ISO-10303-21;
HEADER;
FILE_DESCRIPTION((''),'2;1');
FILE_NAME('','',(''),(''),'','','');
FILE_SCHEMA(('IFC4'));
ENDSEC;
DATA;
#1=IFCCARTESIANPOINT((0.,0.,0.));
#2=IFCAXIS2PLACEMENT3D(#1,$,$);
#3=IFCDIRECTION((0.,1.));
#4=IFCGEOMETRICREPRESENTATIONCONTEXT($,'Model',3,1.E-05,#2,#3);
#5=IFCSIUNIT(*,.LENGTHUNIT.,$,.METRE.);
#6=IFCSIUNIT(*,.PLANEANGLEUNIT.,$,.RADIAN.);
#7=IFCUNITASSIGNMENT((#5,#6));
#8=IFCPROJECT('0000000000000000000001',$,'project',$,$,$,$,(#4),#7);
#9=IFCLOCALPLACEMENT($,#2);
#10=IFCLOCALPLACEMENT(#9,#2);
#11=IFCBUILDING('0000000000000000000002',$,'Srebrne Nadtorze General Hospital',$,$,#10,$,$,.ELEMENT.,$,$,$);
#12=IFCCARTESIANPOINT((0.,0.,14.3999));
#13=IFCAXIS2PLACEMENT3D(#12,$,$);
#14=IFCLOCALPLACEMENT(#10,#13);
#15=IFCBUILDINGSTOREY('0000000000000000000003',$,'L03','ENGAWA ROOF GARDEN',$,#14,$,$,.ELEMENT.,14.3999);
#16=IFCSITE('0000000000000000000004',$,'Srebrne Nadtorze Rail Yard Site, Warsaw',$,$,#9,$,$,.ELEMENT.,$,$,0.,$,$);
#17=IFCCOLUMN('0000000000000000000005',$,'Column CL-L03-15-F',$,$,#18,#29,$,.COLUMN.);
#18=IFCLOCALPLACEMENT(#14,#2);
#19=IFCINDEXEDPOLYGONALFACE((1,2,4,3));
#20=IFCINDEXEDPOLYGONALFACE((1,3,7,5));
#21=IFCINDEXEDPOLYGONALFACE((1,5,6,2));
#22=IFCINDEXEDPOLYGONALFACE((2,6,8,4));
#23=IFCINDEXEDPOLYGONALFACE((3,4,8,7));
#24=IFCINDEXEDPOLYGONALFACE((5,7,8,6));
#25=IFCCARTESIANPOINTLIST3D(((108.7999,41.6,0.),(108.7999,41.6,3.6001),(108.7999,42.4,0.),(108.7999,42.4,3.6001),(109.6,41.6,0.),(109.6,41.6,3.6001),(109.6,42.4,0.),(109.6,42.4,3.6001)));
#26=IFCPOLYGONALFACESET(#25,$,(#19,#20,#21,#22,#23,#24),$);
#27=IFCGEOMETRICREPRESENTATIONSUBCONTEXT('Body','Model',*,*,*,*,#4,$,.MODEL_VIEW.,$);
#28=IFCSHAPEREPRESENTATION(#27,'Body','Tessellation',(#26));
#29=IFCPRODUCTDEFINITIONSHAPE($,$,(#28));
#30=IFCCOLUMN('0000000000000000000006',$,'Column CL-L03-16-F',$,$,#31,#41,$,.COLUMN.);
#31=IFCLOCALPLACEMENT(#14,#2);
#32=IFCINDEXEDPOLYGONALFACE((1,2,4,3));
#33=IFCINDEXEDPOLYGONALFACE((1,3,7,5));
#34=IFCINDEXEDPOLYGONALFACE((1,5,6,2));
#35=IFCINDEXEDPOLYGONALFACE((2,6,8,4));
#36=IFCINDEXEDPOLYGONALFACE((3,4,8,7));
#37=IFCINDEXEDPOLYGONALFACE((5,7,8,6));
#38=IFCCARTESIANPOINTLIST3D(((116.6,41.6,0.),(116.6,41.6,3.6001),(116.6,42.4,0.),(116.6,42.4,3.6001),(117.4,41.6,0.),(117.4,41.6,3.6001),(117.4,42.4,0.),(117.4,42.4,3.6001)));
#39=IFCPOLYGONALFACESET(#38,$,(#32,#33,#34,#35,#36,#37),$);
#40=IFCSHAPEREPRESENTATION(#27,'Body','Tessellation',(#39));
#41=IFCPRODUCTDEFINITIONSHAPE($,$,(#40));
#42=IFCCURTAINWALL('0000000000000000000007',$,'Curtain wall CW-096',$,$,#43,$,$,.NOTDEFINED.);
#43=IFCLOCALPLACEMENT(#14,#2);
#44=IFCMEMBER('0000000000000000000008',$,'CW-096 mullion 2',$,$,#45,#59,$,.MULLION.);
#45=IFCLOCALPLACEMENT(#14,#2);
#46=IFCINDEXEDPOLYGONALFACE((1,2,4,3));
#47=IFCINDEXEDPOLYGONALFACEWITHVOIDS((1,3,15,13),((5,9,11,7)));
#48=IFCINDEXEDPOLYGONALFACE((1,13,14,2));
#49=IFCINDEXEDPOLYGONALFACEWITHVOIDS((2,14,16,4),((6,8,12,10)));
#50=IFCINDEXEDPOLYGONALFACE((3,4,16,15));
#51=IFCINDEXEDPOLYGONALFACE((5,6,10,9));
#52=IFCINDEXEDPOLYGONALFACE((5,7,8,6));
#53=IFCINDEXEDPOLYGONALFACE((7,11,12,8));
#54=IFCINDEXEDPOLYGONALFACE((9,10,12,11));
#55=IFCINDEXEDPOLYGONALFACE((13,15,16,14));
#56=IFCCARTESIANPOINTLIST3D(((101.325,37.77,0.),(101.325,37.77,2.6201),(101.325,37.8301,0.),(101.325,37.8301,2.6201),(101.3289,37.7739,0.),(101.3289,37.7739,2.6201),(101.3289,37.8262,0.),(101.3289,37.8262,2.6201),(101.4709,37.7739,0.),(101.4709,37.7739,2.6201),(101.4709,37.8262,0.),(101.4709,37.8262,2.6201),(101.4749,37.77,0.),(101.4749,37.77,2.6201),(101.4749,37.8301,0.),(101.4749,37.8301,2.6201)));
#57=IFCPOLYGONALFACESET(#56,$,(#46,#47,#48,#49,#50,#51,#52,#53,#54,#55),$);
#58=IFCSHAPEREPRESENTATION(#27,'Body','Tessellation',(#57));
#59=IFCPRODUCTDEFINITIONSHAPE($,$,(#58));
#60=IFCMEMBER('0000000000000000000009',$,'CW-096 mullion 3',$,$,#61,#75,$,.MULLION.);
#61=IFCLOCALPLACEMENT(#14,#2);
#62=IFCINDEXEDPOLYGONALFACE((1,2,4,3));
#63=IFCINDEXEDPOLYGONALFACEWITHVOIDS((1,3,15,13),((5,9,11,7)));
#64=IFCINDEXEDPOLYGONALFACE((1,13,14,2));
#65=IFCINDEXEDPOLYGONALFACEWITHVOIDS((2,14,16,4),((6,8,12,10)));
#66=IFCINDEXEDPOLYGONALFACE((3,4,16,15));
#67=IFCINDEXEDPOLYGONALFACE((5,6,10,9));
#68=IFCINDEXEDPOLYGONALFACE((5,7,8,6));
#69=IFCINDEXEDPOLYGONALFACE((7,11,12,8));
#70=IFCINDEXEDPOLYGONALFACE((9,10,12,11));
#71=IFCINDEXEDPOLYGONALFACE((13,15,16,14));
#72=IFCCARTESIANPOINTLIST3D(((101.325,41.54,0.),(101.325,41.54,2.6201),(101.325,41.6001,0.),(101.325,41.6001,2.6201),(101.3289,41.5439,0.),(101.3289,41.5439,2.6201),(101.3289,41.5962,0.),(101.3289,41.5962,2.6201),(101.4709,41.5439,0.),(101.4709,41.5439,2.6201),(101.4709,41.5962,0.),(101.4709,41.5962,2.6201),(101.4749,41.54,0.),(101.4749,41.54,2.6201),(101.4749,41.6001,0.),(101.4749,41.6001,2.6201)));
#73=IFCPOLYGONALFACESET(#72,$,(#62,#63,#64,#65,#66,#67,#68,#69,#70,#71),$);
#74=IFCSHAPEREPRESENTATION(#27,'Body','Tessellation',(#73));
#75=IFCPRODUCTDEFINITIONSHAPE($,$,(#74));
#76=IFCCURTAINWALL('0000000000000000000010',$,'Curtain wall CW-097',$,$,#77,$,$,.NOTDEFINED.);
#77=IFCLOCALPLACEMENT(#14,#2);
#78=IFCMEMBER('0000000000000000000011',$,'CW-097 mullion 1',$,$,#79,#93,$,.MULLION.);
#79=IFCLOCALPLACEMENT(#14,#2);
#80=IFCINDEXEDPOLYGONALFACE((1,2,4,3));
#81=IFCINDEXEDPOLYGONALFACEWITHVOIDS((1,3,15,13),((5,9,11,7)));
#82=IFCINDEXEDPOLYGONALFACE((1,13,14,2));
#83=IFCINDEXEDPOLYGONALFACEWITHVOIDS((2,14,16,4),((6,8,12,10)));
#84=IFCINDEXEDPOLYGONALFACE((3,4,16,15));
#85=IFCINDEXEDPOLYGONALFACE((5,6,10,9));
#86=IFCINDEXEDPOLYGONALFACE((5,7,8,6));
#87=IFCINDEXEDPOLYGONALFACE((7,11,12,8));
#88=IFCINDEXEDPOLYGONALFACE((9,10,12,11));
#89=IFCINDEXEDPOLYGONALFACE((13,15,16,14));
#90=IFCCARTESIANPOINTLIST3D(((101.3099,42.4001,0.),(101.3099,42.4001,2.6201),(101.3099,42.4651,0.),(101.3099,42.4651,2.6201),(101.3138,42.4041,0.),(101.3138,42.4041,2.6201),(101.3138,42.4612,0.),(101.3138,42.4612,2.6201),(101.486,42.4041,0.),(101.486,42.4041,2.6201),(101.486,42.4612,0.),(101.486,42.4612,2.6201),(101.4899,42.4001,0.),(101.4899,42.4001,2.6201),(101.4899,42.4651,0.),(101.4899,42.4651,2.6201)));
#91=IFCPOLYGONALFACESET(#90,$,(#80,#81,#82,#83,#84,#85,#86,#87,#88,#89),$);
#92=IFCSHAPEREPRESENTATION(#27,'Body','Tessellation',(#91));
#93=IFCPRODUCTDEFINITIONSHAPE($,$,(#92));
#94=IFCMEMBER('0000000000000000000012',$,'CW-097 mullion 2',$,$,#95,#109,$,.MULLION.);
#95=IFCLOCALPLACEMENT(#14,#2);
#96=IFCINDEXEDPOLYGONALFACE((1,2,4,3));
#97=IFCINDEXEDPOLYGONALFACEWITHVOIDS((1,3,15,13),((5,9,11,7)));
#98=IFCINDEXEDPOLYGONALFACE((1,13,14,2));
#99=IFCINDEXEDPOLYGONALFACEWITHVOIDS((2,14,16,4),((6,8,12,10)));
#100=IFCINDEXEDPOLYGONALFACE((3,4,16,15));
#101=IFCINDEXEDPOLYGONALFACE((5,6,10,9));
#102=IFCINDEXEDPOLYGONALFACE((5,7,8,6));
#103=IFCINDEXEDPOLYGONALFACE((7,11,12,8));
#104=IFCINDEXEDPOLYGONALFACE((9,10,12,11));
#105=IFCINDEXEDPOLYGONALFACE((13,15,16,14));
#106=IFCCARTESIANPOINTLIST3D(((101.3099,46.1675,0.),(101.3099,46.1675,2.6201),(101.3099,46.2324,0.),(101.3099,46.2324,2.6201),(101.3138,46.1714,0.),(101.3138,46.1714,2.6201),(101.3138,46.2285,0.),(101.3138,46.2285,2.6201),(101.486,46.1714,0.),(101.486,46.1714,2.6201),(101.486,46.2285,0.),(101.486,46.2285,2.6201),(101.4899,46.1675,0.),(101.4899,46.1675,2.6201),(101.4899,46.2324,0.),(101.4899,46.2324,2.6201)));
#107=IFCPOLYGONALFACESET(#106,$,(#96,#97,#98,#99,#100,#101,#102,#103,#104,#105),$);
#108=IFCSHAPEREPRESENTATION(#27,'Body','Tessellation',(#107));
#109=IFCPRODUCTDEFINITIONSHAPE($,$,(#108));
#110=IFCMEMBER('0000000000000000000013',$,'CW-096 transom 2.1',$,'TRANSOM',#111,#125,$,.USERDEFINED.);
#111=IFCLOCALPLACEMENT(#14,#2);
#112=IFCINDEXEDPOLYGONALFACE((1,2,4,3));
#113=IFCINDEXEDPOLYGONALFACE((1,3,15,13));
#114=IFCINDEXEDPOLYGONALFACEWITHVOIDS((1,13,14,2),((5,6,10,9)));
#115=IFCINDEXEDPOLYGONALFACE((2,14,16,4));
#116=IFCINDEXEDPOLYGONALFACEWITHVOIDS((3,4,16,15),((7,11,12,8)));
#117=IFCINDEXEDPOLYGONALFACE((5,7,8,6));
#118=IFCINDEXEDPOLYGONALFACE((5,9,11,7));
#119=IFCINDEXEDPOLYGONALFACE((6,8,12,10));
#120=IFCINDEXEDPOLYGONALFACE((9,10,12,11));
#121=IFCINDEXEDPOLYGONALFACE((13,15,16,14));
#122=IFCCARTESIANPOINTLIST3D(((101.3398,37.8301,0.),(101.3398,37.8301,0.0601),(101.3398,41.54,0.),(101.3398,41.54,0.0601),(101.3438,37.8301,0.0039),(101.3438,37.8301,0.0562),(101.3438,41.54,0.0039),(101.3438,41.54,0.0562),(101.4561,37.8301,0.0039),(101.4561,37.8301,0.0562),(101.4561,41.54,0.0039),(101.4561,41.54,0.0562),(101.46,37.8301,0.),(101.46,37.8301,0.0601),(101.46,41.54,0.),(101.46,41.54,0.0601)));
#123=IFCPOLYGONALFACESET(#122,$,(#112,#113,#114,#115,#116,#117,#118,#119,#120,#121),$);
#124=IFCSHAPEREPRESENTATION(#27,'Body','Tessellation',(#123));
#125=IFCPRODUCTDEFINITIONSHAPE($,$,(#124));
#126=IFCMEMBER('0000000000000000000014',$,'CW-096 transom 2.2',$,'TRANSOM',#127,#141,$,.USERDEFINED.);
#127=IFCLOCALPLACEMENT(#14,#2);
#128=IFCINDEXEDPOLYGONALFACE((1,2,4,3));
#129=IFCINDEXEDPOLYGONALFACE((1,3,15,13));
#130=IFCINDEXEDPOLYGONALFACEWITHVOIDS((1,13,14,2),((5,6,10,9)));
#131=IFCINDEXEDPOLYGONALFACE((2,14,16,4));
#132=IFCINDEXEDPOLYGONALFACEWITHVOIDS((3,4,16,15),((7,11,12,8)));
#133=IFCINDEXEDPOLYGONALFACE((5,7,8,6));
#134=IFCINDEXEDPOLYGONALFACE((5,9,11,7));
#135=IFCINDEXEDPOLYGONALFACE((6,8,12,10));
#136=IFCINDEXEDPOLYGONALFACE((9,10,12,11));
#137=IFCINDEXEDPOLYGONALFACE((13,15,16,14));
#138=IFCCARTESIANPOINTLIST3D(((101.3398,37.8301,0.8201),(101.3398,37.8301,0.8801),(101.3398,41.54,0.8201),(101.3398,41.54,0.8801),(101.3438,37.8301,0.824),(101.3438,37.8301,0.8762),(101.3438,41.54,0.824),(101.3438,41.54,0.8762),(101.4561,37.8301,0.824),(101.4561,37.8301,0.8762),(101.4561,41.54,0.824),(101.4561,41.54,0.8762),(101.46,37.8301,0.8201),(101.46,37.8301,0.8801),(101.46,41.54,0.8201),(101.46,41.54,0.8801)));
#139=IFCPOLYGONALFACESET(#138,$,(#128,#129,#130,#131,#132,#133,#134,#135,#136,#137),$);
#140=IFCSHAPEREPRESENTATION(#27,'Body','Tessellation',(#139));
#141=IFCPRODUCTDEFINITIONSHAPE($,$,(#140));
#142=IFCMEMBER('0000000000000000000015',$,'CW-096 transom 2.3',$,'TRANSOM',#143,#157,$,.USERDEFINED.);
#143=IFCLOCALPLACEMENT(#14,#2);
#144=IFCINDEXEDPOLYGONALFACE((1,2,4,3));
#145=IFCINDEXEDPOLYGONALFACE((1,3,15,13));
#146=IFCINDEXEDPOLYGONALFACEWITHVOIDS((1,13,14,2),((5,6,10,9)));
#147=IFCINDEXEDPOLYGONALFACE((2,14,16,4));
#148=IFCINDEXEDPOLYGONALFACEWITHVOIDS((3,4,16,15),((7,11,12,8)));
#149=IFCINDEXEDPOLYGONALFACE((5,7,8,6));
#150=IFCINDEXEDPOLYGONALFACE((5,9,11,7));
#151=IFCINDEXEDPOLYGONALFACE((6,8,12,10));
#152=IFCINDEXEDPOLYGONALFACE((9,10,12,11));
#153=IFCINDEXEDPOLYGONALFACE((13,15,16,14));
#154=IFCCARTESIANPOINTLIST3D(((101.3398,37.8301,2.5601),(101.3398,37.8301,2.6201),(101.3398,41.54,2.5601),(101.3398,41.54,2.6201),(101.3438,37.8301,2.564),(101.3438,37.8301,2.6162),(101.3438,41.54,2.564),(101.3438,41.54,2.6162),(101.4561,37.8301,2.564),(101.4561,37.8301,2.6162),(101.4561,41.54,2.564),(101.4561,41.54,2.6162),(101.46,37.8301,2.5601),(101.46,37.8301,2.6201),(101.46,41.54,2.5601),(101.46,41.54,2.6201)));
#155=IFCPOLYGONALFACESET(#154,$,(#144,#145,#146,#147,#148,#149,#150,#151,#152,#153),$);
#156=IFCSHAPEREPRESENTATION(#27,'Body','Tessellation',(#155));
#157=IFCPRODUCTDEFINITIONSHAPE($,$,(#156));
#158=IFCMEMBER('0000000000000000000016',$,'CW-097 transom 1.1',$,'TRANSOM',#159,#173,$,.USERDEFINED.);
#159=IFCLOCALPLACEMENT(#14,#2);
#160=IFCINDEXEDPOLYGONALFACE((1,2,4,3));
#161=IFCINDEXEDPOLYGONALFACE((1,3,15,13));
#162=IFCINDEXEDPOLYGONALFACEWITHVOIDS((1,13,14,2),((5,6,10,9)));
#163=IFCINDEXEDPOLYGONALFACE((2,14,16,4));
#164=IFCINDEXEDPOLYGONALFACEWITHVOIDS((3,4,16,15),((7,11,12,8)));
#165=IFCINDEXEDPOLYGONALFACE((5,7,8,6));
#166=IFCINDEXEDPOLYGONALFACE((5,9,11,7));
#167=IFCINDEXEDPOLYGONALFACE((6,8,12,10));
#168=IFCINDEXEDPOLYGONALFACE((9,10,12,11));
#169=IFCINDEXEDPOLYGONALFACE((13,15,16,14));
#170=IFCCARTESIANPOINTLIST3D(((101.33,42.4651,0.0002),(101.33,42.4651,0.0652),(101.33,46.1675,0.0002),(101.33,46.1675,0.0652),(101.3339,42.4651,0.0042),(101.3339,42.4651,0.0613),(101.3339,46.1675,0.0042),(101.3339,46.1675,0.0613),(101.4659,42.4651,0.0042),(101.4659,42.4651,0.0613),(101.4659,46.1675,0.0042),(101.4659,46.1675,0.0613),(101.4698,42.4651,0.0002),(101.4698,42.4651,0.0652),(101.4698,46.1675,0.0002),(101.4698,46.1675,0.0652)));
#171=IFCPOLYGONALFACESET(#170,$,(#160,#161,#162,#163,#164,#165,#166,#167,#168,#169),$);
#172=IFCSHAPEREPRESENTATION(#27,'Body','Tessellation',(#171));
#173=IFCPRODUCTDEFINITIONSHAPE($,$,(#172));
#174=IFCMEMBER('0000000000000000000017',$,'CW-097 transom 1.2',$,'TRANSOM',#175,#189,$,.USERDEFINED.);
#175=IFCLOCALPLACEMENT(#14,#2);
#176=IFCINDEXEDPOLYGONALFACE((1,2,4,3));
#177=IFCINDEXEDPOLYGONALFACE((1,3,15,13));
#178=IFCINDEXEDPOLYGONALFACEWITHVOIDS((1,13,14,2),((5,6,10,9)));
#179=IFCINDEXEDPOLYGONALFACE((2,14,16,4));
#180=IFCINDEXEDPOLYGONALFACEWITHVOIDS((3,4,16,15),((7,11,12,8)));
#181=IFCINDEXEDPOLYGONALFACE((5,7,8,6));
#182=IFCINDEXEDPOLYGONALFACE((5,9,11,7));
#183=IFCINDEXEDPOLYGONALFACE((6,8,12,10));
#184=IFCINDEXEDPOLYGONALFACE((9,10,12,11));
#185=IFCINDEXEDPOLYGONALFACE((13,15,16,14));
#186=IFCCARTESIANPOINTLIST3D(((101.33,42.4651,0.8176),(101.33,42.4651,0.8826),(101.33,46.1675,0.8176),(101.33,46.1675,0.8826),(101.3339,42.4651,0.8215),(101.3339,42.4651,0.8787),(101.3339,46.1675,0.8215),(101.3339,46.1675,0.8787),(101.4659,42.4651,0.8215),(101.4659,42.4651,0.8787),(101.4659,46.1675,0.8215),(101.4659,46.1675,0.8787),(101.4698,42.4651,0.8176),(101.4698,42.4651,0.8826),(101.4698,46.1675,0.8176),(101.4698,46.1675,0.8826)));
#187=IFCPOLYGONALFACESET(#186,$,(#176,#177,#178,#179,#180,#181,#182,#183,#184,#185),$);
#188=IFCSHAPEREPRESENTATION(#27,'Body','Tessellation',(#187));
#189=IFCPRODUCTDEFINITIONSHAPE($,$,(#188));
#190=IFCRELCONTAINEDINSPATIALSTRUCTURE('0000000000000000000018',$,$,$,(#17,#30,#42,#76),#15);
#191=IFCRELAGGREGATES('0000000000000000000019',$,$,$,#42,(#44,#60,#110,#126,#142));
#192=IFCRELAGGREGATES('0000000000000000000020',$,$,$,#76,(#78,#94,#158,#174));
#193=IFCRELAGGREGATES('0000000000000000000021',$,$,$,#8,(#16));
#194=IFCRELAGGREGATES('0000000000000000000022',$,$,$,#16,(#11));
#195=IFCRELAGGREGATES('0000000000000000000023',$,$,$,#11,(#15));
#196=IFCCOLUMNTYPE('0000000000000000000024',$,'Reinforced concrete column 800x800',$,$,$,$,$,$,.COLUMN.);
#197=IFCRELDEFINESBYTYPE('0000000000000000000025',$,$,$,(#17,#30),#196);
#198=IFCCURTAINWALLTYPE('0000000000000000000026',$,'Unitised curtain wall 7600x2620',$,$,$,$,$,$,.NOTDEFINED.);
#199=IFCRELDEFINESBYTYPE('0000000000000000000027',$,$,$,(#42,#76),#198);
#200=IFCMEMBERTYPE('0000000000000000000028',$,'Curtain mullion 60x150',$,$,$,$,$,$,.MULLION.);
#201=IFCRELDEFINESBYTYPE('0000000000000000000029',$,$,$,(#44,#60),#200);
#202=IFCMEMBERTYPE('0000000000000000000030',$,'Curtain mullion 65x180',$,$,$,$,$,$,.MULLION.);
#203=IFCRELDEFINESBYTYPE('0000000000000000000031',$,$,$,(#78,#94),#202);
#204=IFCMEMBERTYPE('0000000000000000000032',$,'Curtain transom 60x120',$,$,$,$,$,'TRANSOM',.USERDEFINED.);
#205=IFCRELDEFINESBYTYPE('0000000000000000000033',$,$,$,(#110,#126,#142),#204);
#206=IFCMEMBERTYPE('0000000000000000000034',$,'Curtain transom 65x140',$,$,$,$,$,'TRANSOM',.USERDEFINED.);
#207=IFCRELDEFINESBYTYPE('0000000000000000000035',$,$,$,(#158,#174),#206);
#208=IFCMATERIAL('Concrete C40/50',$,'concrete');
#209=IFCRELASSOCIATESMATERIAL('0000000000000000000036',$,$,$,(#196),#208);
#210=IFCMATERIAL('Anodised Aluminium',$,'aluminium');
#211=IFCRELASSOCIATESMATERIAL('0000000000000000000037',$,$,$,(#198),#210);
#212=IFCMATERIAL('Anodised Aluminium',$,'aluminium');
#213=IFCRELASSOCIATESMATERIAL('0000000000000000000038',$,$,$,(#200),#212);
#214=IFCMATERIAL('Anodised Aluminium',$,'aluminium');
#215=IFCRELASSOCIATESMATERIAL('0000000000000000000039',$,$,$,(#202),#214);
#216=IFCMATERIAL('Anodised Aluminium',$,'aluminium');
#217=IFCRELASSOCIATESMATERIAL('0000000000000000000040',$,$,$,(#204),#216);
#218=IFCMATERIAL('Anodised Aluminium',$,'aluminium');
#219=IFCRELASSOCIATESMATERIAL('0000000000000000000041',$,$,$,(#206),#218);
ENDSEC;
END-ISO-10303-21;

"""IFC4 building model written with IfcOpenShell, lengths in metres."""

from ifc_helpers import new_model, si_unit, direction, frame, origin, origin_2d, place, context, subcontext, project, spatial, rectangle, hollow_rectangle, extrude, material, material_profile, profile_set, type_object, element, aggregate, save


model = new_model("IFC4")

# Units and contexts
model_context = context("Model", 3, precision=1e-05, world=origin(), true_north=direction((0.0, 1.0)))
body_context = subcontext(model_context, "Body", "Model", "MODEL_VIEW")
ifc_project = project(units=[si_unit("LENGTHUNIT", "METRE"), si_unit("PLANEANGLEUNIT", "RADIAN")], contexts=[model_context])

# Site, building, storey
site_placement = place(None, origin())
site = spatial("IfcSite", under=ifc_project, at=site_placement, Name="Srebrne Nadtorze Rail Yard Site, Warsaw", CompositionType="ELEMENT", RefElevation=0.0)
building_placement = place(site_placement, origin())
building = spatial("IfcBuilding", under=site, at=building_placement, Name="Srebrne Nadtorze General Hospital", CompositionType="ELEMENT")
storey_placement = place(building_placement, frame((0.0, 0.0, 14.3999)))
storey = spatial("IfcBuildingStorey", under=building, at=storey_placement, Name="L03", Description="ENGAWA ROOF GARDEN", CompositionType="ELEMENT", Elevation=14.3999)

# Columns
ifc_material_1 = material(Name="Concrete C40/50", Category="concrete")
ifc_material_profile_1 = material_profile(ifc_material_1, rectangle(XDim=0.8, YDim=0.8, at=origin_2d()), Name="RC-COL-800x800")
ifc_profile_set_1 = profile_set([ifc_material_profile_1], Name="Concrete C40/50")
column_type = type_object("IfcColumnType", Name="Reinforced concrete column 800x800", PredefinedType="COLUMN", material=ifc_profile_set_1)
for number, where, z_axis, x_axis, name in (
    (1, (109.2, 42.0, 0.0), (0.0, 0.0, 1.0), (1.0, 0.0, 0.0), "Column CL-L03-15-F"),
    (2, (117.0, 42.0, 0.0), (0.0, 0.0, 1.0), (1.0, 0.0, 0.0), "Column CL-L03-16-F"),
):
    element("IfcColumn", number, at=place(storey_placement, frame(where, z_axis=z_axis, x_axis=x_axis)), inside=storey, type_object=column_type, Name=name, PredefinedType="COLUMN", context=body_context, shape_type="SweptSolid", body=[
        extrude(rectangle(XDim=0.8, YDim=0.8, at=origin_2d()), origin(), (0.0, 0.0, 1.0), 3.6001),
    ])

# Curtain walls, members
ifc_material_2 = material(Name="Anodised Aluminium", Category="aluminium")
curtain_wall_type = type_object("IfcCurtainWallType", Name="Unitised curtain wall 7600x2620", PredefinedType="NOTDEFINED", material=ifc_material_2)
curtain_wall_1_placement = place(storey_placement, origin())
curtain_wall_1 = element("IfcCurtainWall", 3, at=curtain_wall_1_placement, inside=storey, type_object=curtain_wall_type, Name="Curtain wall CW-096", PredefinedType="NOTDEFINED")
ifc_material_3 = material(Name="Anodised Aluminium", Category="aluminium")
ifc_material_profile_2 = material_profile(ifc_material_3, hollow_rectangle(XDim=0.0601, YDim=0.1499, WallThickness=0.0039, at=origin_2d()), Name="AL-MUL-60x150")
ifc_profile_set_2 = profile_set([ifc_material_profile_2], Name="Anodised Aluminium")
member_type_1 = type_object("IfcMemberType", Name="Curtain mullion 60x150", PredefinedType="MULLION", material=ifc_profile_set_2)
member_1_placement = place(storey_placement, frame((101.3999, 37.8, 0.0), z_axis=(0.0, 0.0, 1.0), x_axis=(0.0, 1.0, 0.0)))
member_1 = element("IfcMember", 4, at=member_1_placement, type_object=member_type_1, Name="CW-096 mullion 2", PredefinedType="MULLION", context=body_context, shape_type="SweptSolid", body=[
    extrude(hollow_rectangle(XDim=0.0601, YDim=0.1499, WallThickness=0.0039, at=origin_2d()), origin(), (0.0, 0.0, 1.0), 2.6201),
])
member_2_placement = place(storey_placement, frame((101.3999, 41.5701, 0.0), z_axis=(0.0, 0.0, 1.0), x_axis=(0.0, 1.0, 0.0)))
member_2 = element("IfcMember", 5, at=member_2_placement, type_object=member_type_1, Name="CW-096 mullion 3", PredefinedType="MULLION", context=body_context, shape_type="SweptSolid", body=[
    extrude(hollow_rectangle(XDim=0.0601, YDim=0.1499, WallThickness=0.0039, at=origin_2d()), origin(), (0.0, 0.0, 1.0), 2.6201),
])
curtain_wall_2_placement = place(storey_placement, origin())
curtain_wall_2 = element("IfcCurtainWall", 6, at=curtain_wall_2_placement, inside=storey, type_object=curtain_wall_type, Name="Curtain wall CW-097", PredefinedType="NOTDEFINED")
ifc_material_4 = material(Name="Anodised Aluminium", Category="aluminium")
ifc_material_profile_3 = material_profile(ifc_material_4, hollow_rectangle(XDim=0.0649, YDim=0.1799, WallThickness=0.0039, at=origin_2d()), Name="AL-MUL-65x180")
ifc_profile_set_3 = profile_set([ifc_material_profile_3], Name="Anodised Aluminium")
member_type_2 = type_object("IfcMemberType", Name="Curtain mullion 65x180", PredefinedType="MULLION", material=ifc_profile_set_3)
member_3_placement = place(storey_placement, frame((101.3999, 42.4326, 0.0), z_axis=(0.0, 0.0, 1.0), x_axis=(0.0, 1.0, 0.0)))
member_3 = element("IfcMember", 7, at=member_3_placement, type_object=member_type_2, Name="CW-097 mullion 1", PredefinedType="MULLION", context=body_context, shape_type="SweptSolid", body=[
    extrude(hollow_rectangle(XDim=0.0649, YDim=0.1799, WallThickness=0.0039, at=origin_2d()), origin(), (0.0, 0.0, 1.0), 2.6201),
])
member_4_placement = place(storey_placement, frame((101.3999, 46.2, 0.0), z_axis=(0.0, 0.0, 1.0), x_axis=(0.0, 1.0, 0.0)))
member_4 = element("IfcMember", 8, at=member_4_placement, type_object=member_type_2, Name="CW-097 mullion 2", PredefinedType="MULLION", context=body_context, shape_type="SweptSolid", body=[
    extrude(hollow_rectangle(XDim=0.0649, YDim=0.1799, WallThickness=0.0039, at=origin_2d()), origin(), (0.0, 0.0, 1.0), 2.6201),
])

# Members
ifc_material_5 = material(Name="Anodised Aluminium", Category="aluminium")
ifc_material_profile_4 = material_profile(ifc_material_5, hollow_rectangle(XDim=0.0601, YDim=0.1201, WallThickness=0.0039, at=origin_2d()), Name="AL-TRN-60x120")
ifc_profile_set_4 = profile_set([ifc_material_profile_4], Name="Anodised Aluminium")
member_type_3 = type_object("IfcMemberType", Name="Curtain transom 60x120", ElementType="TRANSOM", PredefinedType="USERDEFINED", material=ifc_profile_set_4)
member_5_placement = place(storey_placement, frame((101.3999, 37.8301, 0.03), z_axis=(0.0, 1.0, 0.0), x_axis=(0.0, 0.0, 1.0)))
member_5 = element("IfcMember", 9, at=member_5_placement, type_object=member_type_3, Name="CW-096 transom 2.1", ObjectType="TRANSOM", PredefinedType="USERDEFINED", context=body_context, shape_type="SweptSolid", body=[
    extrude(hollow_rectangle(XDim=0.0601, YDim=0.1201, WallThickness=0.0039, at=origin_2d()), origin(), (0.0, 0.0, 1.0), 3.71),
])
member_6_placement = place(storey_placement, frame((101.3999, 37.8301, 0.8501), z_axis=(0.0, 1.0, 0.0), x_axis=(0.0, 0.0, 1.0)))
member_6 = element("IfcMember", 10, at=member_6_placement, type_object=member_type_3, Name="CW-096 transom 2.2", ObjectType="TRANSOM", PredefinedType="USERDEFINED", context=body_context, shape_type="SweptSolid", body=[
    extrude(hollow_rectangle(XDim=0.0601, YDim=0.1201, WallThickness=0.0039, at=origin_2d()), origin(), (0.0, 0.0, 1.0), 3.71),
])
member_7_placement = place(storey_placement, frame((101.3999, 37.8301, 2.5901), z_axis=(0.0, 1.0, 0.0), x_axis=(0.0, 0.0, 1.0)))
member_7 = element("IfcMember", 11, at=member_7_placement, type_object=member_type_3, Name="CW-096 transom 2.3", ObjectType="TRANSOM", PredefinedType="USERDEFINED", context=body_context, shape_type="SweptSolid", body=[
    extrude(hollow_rectangle(XDim=0.0601, YDim=0.1201, WallThickness=0.0039, at=origin_2d()), origin(), (0.0, 0.0, 1.0), 3.71),
])
ifc_material_6 = material(Name="Anodised Aluminium", Category="aluminium")
ifc_material_profile_5 = material_profile(ifc_material_6, hollow_rectangle(XDim=0.0649, YDim=0.1399, WallThickness=0.0039, at=origin_2d()), Name="AL-TRN-65x140")
ifc_profile_set_5 = profile_set([ifc_material_profile_5], Name="Anodised Aluminium")
member_type_4 = type_object("IfcMemberType", Name="Curtain transom 65x140", ElementType="TRANSOM", PredefinedType="USERDEFINED", material=ifc_profile_set_5)
member_8_placement = place(storey_placement, frame((101.3999, 42.4651, 0.0327), z_axis=(0.0, 1.0, 0.0), x_axis=(0.0, 0.0, 1.0)))
member_8 = element("IfcMember", 12, at=member_8_placement, type_object=member_type_4, Name="CW-097 transom 1.1", ObjectType="TRANSOM", PredefinedType="USERDEFINED", context=body_context, shape_type="SweptSolid", body=[
    extrude(hollow_rectangle(XDim=0.0649, YDim=0.1399, WallThickness=0.0039, at=origin_2d()), origin(), (0.0, 0.0, 1.0), 3.7024),
])
member_9_placement = place(storey_placement, frame((101.3999, 42.4651, 0.8501), z_axis=(0.0, 1.0, 0.0), x_axis=(0.0, 0.0, 1.0)))
member_9 = element("IfcMember", 13, at=member_9_placement, type_object=member_type_4, Name="CW-097 transom 1.2", ObjectType="TRANSOM", PredefinedType="USERDEFINED", context=body_context, shape_type="SweptSolid", body=[
    extrude(hollow_rectangle(XDim=0.0649, YDim=0.1399, WallThickness=0.0039, at=origin_2d()), origin(), (0.0, 0.0, 1.0), 3.7024),
])

aggregate(curtain_wall_1, [member_1, member_2, member_5, member_6, member_7])
aggregate(curtain_wall_2, [member_3, member_4, member_8, member_9])

save(model, "model.ifc")
